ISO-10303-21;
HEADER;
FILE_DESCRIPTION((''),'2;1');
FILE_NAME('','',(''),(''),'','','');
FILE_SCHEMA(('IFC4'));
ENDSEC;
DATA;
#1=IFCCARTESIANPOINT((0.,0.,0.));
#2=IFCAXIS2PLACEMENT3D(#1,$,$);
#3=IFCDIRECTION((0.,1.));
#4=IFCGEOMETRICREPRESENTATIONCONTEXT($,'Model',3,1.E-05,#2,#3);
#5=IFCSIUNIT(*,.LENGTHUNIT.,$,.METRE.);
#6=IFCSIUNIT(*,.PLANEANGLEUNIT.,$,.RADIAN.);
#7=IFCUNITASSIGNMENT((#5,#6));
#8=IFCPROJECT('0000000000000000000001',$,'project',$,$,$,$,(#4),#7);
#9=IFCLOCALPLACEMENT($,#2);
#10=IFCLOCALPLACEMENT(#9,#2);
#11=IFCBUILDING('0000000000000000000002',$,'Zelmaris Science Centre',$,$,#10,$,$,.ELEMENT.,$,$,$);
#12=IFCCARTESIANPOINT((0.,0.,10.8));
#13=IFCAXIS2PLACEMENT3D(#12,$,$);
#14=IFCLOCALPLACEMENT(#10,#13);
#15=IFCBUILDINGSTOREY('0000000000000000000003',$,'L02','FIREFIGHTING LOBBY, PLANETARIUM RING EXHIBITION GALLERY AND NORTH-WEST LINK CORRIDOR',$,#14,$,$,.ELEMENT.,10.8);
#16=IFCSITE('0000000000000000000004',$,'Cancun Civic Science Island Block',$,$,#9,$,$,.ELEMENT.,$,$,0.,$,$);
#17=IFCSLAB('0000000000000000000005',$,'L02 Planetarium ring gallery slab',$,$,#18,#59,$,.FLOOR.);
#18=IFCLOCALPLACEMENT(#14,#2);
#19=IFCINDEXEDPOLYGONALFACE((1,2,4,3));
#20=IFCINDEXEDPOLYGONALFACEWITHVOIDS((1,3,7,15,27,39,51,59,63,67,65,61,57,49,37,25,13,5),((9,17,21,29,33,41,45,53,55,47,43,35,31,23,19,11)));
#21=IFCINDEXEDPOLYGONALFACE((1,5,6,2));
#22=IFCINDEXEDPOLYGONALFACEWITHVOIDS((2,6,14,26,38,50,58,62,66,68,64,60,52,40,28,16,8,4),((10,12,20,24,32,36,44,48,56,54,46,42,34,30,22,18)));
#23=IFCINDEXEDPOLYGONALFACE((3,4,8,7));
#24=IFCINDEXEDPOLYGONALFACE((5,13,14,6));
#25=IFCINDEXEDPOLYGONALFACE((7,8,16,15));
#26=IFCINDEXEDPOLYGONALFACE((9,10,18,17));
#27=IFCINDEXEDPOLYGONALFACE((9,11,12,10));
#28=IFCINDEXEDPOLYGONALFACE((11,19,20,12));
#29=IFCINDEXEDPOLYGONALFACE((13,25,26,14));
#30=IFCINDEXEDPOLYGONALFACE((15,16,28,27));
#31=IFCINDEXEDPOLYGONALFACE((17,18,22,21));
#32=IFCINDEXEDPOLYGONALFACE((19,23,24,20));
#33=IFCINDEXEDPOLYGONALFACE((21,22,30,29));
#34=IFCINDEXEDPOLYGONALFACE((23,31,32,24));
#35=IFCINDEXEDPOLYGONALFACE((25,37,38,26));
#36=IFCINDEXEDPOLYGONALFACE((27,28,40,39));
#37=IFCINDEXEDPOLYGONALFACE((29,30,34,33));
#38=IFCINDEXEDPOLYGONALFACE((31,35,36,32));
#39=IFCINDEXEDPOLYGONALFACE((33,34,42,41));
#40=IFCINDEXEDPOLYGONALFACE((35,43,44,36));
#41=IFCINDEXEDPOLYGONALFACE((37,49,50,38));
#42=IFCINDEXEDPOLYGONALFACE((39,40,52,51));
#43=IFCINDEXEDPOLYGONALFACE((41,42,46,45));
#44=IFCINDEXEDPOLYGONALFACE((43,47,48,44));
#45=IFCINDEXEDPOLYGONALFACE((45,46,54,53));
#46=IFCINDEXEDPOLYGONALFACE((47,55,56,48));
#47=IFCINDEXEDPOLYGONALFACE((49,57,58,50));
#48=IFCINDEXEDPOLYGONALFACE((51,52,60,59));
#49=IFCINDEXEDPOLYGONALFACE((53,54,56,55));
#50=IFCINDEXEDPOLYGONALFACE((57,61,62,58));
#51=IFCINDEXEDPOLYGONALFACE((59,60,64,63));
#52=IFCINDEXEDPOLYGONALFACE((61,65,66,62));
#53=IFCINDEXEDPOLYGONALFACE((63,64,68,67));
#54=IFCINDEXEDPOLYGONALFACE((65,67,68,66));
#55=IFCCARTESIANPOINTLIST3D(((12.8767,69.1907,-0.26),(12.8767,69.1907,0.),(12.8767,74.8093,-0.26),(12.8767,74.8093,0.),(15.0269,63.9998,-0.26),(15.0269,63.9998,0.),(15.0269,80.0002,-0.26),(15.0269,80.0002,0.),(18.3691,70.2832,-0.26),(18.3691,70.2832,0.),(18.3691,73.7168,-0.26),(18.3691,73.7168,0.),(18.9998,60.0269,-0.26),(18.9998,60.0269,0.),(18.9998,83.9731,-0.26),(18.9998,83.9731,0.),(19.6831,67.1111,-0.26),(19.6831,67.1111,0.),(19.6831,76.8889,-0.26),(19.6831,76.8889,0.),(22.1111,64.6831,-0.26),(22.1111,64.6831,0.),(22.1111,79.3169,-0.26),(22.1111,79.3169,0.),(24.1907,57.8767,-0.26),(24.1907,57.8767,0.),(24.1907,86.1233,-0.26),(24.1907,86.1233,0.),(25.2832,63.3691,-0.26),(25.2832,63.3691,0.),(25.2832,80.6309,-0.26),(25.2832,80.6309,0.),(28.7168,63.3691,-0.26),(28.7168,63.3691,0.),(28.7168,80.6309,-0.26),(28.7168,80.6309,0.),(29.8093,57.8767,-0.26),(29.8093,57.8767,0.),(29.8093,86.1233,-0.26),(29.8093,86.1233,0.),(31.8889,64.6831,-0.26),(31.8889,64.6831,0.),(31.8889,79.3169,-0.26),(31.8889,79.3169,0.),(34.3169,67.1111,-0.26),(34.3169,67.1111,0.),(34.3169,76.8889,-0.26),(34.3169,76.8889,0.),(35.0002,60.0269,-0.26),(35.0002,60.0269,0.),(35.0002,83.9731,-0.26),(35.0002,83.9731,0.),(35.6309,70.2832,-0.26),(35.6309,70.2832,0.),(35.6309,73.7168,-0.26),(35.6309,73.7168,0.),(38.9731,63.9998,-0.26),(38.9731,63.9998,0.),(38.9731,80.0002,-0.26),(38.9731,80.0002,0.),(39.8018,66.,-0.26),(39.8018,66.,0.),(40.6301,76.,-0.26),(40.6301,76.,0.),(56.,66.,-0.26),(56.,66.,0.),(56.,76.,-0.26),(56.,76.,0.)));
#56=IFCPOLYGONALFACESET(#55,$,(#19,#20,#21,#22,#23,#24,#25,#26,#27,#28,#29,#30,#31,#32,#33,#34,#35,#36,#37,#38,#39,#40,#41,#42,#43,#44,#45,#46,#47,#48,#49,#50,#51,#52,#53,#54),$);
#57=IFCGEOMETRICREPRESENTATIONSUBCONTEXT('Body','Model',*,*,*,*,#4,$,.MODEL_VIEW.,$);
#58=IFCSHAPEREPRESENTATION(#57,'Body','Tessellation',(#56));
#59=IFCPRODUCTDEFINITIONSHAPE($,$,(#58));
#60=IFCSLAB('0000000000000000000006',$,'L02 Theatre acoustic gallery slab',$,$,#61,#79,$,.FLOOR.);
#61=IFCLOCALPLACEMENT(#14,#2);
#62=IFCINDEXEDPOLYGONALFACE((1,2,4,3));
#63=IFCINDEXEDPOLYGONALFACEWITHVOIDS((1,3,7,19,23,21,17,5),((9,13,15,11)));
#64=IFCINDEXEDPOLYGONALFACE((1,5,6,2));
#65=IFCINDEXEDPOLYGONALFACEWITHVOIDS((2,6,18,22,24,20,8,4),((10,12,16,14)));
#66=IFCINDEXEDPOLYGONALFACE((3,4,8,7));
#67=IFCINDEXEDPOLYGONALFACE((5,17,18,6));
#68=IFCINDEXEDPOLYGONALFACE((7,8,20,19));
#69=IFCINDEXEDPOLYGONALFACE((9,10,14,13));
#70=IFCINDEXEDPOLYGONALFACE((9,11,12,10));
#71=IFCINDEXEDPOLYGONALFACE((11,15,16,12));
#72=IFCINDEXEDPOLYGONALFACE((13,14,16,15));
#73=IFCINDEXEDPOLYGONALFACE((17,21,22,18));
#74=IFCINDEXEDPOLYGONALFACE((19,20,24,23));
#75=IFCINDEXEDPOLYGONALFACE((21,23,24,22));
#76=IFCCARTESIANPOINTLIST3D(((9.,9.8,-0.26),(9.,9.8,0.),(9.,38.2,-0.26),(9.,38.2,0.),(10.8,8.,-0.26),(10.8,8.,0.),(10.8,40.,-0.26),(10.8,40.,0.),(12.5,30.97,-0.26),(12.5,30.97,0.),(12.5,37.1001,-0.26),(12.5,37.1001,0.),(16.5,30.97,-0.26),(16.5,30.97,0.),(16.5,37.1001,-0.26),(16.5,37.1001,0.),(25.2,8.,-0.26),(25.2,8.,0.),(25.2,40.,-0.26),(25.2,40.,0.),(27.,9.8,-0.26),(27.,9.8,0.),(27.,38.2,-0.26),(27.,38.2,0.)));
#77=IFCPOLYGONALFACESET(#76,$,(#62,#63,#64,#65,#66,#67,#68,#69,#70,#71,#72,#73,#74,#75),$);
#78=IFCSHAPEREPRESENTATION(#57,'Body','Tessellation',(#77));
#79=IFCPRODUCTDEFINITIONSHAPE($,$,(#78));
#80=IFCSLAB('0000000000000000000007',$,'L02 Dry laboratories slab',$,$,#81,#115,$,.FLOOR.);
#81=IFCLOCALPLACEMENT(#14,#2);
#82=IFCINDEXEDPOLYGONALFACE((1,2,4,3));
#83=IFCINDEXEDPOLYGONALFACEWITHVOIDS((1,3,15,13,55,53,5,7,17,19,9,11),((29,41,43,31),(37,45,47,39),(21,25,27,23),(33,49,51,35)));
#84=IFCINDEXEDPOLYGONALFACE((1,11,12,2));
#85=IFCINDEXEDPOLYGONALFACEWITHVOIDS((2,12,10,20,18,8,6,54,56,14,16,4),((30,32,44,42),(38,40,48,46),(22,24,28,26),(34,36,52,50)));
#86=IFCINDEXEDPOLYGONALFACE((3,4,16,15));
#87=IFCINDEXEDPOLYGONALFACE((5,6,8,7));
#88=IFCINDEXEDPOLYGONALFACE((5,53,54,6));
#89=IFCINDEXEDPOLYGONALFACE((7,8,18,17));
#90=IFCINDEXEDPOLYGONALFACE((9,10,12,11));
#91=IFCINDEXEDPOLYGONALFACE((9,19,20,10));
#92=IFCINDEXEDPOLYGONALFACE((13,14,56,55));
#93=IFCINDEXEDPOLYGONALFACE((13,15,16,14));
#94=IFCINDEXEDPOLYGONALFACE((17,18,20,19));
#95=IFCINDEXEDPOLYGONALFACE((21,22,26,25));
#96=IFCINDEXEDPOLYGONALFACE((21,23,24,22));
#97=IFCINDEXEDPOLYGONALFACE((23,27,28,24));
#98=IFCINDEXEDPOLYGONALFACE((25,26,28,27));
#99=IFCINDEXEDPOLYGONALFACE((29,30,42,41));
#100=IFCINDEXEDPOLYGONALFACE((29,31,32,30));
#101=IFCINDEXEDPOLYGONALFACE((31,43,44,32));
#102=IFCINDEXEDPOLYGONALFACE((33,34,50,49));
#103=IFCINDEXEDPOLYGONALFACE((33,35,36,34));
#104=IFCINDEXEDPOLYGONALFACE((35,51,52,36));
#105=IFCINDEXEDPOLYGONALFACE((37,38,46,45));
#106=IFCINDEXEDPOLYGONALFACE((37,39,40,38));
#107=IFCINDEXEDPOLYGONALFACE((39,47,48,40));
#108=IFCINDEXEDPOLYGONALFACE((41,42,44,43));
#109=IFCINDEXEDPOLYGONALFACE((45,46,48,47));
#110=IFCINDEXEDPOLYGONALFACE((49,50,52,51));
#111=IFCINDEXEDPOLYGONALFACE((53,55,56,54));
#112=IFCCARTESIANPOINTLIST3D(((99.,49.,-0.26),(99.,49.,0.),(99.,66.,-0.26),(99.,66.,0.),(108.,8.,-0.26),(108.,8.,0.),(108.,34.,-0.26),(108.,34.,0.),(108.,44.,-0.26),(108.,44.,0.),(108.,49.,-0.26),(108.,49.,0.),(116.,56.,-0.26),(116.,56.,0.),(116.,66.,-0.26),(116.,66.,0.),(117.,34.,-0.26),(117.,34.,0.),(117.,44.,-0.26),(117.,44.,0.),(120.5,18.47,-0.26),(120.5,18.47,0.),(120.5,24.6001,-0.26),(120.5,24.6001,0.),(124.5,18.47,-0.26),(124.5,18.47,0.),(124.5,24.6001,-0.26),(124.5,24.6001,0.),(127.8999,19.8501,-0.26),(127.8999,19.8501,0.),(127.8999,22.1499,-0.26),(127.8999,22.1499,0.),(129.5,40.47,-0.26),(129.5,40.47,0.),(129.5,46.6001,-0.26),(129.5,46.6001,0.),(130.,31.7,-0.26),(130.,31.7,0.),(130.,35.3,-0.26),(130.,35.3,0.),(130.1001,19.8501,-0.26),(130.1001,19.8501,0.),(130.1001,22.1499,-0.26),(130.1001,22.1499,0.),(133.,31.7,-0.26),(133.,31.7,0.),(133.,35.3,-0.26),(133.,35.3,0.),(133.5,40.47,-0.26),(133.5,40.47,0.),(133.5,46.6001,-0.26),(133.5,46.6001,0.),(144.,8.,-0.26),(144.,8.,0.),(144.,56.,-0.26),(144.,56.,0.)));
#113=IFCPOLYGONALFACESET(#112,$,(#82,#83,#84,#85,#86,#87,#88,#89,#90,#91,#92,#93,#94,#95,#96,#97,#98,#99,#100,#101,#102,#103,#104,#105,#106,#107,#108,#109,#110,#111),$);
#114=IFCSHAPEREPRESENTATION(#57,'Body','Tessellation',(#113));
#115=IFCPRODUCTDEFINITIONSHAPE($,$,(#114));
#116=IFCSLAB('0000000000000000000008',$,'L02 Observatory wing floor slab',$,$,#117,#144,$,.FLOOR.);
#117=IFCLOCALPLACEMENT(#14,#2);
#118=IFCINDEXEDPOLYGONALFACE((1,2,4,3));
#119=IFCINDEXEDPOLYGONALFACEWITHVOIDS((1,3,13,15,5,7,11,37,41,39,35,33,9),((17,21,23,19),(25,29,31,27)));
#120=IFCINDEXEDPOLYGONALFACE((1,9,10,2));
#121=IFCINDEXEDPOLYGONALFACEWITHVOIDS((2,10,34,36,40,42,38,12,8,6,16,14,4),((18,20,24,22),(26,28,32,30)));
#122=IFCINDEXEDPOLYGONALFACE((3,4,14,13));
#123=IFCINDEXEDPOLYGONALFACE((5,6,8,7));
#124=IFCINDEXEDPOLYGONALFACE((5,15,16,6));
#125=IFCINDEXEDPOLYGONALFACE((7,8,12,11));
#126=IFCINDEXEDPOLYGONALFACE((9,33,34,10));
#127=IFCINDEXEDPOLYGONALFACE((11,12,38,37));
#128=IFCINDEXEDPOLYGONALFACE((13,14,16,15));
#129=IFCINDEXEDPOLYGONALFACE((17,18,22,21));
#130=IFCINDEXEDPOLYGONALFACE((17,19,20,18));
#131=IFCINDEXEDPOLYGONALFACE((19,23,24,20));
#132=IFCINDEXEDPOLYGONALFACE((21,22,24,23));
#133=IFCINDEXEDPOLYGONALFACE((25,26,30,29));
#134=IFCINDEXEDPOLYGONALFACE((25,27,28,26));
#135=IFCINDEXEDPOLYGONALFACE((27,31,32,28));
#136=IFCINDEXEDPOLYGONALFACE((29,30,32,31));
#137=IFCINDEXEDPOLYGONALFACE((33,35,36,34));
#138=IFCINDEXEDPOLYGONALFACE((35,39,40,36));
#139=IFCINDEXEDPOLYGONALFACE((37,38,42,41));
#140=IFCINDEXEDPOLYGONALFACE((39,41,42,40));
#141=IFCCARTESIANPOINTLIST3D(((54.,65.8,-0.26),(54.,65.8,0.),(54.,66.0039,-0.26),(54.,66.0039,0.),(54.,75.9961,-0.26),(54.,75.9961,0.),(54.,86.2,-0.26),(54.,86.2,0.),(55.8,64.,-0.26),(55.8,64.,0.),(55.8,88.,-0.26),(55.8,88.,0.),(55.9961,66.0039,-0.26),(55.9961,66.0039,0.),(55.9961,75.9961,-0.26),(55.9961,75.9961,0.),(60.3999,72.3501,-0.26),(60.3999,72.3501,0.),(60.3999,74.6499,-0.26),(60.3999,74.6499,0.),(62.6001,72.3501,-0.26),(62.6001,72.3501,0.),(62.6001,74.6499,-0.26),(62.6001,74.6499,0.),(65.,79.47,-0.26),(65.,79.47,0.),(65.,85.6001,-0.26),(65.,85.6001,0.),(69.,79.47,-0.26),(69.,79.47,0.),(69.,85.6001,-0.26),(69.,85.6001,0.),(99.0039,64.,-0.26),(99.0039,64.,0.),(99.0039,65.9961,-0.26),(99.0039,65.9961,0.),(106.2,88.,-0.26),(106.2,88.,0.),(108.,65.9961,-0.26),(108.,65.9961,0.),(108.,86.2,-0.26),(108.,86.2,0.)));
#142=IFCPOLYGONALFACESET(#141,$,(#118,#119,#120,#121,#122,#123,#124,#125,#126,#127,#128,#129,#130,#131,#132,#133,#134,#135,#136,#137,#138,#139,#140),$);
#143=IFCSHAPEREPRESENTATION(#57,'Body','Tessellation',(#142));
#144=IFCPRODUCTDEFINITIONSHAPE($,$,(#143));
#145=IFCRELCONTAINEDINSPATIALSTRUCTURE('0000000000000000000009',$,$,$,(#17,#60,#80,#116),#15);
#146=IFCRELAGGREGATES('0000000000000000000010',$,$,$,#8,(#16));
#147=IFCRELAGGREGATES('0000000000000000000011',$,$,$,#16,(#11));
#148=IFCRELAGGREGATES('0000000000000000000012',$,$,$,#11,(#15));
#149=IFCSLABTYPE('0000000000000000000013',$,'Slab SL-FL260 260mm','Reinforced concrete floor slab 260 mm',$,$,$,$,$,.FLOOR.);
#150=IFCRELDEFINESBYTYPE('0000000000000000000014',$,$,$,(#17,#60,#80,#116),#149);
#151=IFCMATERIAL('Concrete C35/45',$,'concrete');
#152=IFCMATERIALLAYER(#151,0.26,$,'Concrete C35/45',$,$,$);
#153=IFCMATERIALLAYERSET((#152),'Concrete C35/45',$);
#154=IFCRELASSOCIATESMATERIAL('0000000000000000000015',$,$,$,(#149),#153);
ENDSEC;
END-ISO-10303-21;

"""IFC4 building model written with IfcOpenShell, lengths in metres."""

from ifc_helpers import new_model, si_unit, direction, frame, origin, place, context, subcontext, project, spatial, polyline, outline, extrude, material, layer, layer_set, type_object, element, save


model = new_model("IFC4")

# Units and contexts
model_context = context("Model", 3, precision=1e-05, world=origin(), true_north=direction((0.0, 1.0)))
body_context = subcontext(model_context, "Body", "Model", "MODEL_VIEW")
ifc_project = project(units=[si_unit("LENGTHUNIT", "METRE"), si_unit("PLANEANGLEUNIT", "RADIAN")], contexts=[model_context])

# Site, building, storey
site_placement = place(None, origin())
site = spatial("IfcSite", under=ifc_project, at=site_placement, Name="Cancun Civic Science Island Block", CompositionType="ELEMENT", RefElevation=0.0)
building_placement = place(site_placement, origin())
building = spatial("IfcBuilding", under=site, at=building_placement, Name="Zelmaris Science Centre", CompositionType="ELEMENT")
storey_placement = place(building_placement, frame((0.0, 0.0, 10.8)))
storey = spatial("IfcBuildingStorey", under=building, at=storey_placement, Name="L02", Description="FIREFIGHTING LOBBY, PLANETARIUM RING EXHIBITION GALLERY AND NORTH-WEST LINK CORRIDOR", CompositionType="ELEMENT", Elevation=10.8)

# Slabs
ifc_material_1 = material(Name="Concrete C35/45", Category="concrete")
ifc_layer_1 = layer(ifc_material_1, 0.26, Name="Concrete C35/45")
ifc_layer_set_1 = layer_set([ifc_layer_1], Name="Concrete C35/45")
slab_type_1 = type_object("IfcSlabType", Name="Slab SL-FL260 260mm", Description="Reinforced concrete floor slab 260 mm", PredefinedType="FLOOR", material=ifc_layer_set_1)
slab_1_placement = place(storey_placement, frame((0.0, 0.0, -0.26)))
element("IfcSlab", 1, at=slab_1_placement, inside=storey, type_object=slab_type_1, Name="L02 Planetarium ring gallery slab", PredefinedType="FLOOR", context=body_context, shape_type="SweptSolid", body=[
    extrude(outline(polyline([(35.0002, 60.0269), (29.8093, 57.8767), (24.1907, 57.8767), (18.9998, 60.0269), (15.0269, 63.9998), (12.8767, 69.1907), (12.8767, 74.8093), (15.0269, 80.0002), (18.9998, 83.9731), (24.1907, 86.1233), (29.8093, 86.1233), (35.0002, 83.9731), (38.9731, 80.0002), (40.6301, 76.0), (56.0, 76.0), (56.0, 66.0), (39.8018, 66.0), (38.9731, 63.9998), (35.0002, 60.0269)]), holes=[polyline([(35.6309, 73.7168), (34.3169, 76.8889), (31.8889, 79.3169), (28.7168, 80.6309), (25.2832, 80.6309), (22.1111, 79.3169), (19.6831, 76.8889), (18.3691, 73.7168), (18.3691, 70.2832), (19.6831, 67.1111), (22.1111, 64.6831), (25.2832, 63.3691), (28.7168, 63.3691), (31.8889, 64.6831), (34.3169, 67.1111), (35.6309, 70.2832), (35.6309, 73.7168)])]), origin(), (0.0, 0.0, 1.0), 0.26),
])
slab_2_placement = place(storey_placement, frame((0.0, 0.0, -0.26)))
element("IfcSlab", 2, at=slab_2_placement, inside=storey, type_object=slab_type_1, Name="L02 Theatre acoustic gallery slab", PredefinedType="FLOOR", context=body_context, shape_type="SweptSolid", body=[
    extrude(outline(polyline([(9.0, 9.8), (9.0, 38.2), (10.8, 40.0), (25.2, 40.0), (27.0, 38.2), (27.0, 9.8), (25.2, 8.0), (10.8, 8.0), (9.0, 9.8)]), holes=[polyline([(16.5, 30.97), (16.5, 37.1001), (12.5, 37.1001), (12.5, 30.97), (16.5, 30.97)])]), origin(), (0.0, 0.0, 1.0), 0.26),
])
slab_3_placement = place(storey_placement, frame((0.0, 0.0, -0.26)))
element("IfcSlab", 3, at=slab_3_placement, inside=storey, type_object=slab_type_1, Name="L02 Dry laboratories slab", PredefinedType="FLOOR", context=body_context, shape_type="SweptSolid", body=[
    extrude(outline(polyline([(144.0, 8.0), (108.0, 8.0), (108.0, 34.0), (117.0, 34.0), (117.0, 44.0), (108.0, 44.0), (108.0, 49.0), (99.0, 49.0), (99.0, 66.0), (116.0, 66.0), (116.0, 56.0), (144.0, 56.0), (144.0, 8.0)]), holes=[polyline([(124.5, 18.47), (124.5, 24.6001), (120.5, 24.6001), (120.5, 18.47), (124.5, 18.47)]), polyline([(133.5, 40.47), (133.5, 46.6001), (129.5, 46.6001), (129.5, 40.47), (133.5, 40.47)]), polyline([(127.8999, 19.8501), (130.1001, 19.8501), (130.1001, 22.1499), (127.8999, 22.1499), (127.8999, 19.8501)]), polyline([(130.0, 31.7), (133.0, 31.7), (133.0, 35.3), (130.0, 35.3), (130.0, 31.7)])]), origin(), (0.0, 0.0, 1.0), 0.26),
])
slab_4_placement = place(storey_placement, frame((0.0, 0.0, -0.26)))
element("IfcSlab", 4, at=slab_4_placement, inside=storey, type_object=slab_type_1, Name="L02 Observatory wing floor slab", PredefinedType="FLOOR", context=body_context, shape_type="SweptSolid", body=[
    extrude(outline(polyline([(55.8, 64.0), (54.0, 65.8), (54.0, 66.0039), (55.9961, 66.0039), (55.9961, 75.9961), (54.0, 75.9961), (54.0, 86.2), (55.8, 88.0), (106.2, 88.0), (108.0, 86.2), (108.0, 65.9961), (99.0039, 65.9961), (99.0039, 64.0), (55.8, 64.0)]), holes=[polyline([(69.0, 79.47), (69.0, 85.6001), (65.0, 85.6001), (65.0, 79.47), (69.0, 79.47)]), polyline([(60.3999, 72.3501), (62.6001, 72.3501), (62.6001, 74.6499), (60.3999, 74.6499), (60.3999, 72.3501)])]), origin(), (0.0, 0.0, 1.0), 0.26),
])

save(model, "model.ifc")
